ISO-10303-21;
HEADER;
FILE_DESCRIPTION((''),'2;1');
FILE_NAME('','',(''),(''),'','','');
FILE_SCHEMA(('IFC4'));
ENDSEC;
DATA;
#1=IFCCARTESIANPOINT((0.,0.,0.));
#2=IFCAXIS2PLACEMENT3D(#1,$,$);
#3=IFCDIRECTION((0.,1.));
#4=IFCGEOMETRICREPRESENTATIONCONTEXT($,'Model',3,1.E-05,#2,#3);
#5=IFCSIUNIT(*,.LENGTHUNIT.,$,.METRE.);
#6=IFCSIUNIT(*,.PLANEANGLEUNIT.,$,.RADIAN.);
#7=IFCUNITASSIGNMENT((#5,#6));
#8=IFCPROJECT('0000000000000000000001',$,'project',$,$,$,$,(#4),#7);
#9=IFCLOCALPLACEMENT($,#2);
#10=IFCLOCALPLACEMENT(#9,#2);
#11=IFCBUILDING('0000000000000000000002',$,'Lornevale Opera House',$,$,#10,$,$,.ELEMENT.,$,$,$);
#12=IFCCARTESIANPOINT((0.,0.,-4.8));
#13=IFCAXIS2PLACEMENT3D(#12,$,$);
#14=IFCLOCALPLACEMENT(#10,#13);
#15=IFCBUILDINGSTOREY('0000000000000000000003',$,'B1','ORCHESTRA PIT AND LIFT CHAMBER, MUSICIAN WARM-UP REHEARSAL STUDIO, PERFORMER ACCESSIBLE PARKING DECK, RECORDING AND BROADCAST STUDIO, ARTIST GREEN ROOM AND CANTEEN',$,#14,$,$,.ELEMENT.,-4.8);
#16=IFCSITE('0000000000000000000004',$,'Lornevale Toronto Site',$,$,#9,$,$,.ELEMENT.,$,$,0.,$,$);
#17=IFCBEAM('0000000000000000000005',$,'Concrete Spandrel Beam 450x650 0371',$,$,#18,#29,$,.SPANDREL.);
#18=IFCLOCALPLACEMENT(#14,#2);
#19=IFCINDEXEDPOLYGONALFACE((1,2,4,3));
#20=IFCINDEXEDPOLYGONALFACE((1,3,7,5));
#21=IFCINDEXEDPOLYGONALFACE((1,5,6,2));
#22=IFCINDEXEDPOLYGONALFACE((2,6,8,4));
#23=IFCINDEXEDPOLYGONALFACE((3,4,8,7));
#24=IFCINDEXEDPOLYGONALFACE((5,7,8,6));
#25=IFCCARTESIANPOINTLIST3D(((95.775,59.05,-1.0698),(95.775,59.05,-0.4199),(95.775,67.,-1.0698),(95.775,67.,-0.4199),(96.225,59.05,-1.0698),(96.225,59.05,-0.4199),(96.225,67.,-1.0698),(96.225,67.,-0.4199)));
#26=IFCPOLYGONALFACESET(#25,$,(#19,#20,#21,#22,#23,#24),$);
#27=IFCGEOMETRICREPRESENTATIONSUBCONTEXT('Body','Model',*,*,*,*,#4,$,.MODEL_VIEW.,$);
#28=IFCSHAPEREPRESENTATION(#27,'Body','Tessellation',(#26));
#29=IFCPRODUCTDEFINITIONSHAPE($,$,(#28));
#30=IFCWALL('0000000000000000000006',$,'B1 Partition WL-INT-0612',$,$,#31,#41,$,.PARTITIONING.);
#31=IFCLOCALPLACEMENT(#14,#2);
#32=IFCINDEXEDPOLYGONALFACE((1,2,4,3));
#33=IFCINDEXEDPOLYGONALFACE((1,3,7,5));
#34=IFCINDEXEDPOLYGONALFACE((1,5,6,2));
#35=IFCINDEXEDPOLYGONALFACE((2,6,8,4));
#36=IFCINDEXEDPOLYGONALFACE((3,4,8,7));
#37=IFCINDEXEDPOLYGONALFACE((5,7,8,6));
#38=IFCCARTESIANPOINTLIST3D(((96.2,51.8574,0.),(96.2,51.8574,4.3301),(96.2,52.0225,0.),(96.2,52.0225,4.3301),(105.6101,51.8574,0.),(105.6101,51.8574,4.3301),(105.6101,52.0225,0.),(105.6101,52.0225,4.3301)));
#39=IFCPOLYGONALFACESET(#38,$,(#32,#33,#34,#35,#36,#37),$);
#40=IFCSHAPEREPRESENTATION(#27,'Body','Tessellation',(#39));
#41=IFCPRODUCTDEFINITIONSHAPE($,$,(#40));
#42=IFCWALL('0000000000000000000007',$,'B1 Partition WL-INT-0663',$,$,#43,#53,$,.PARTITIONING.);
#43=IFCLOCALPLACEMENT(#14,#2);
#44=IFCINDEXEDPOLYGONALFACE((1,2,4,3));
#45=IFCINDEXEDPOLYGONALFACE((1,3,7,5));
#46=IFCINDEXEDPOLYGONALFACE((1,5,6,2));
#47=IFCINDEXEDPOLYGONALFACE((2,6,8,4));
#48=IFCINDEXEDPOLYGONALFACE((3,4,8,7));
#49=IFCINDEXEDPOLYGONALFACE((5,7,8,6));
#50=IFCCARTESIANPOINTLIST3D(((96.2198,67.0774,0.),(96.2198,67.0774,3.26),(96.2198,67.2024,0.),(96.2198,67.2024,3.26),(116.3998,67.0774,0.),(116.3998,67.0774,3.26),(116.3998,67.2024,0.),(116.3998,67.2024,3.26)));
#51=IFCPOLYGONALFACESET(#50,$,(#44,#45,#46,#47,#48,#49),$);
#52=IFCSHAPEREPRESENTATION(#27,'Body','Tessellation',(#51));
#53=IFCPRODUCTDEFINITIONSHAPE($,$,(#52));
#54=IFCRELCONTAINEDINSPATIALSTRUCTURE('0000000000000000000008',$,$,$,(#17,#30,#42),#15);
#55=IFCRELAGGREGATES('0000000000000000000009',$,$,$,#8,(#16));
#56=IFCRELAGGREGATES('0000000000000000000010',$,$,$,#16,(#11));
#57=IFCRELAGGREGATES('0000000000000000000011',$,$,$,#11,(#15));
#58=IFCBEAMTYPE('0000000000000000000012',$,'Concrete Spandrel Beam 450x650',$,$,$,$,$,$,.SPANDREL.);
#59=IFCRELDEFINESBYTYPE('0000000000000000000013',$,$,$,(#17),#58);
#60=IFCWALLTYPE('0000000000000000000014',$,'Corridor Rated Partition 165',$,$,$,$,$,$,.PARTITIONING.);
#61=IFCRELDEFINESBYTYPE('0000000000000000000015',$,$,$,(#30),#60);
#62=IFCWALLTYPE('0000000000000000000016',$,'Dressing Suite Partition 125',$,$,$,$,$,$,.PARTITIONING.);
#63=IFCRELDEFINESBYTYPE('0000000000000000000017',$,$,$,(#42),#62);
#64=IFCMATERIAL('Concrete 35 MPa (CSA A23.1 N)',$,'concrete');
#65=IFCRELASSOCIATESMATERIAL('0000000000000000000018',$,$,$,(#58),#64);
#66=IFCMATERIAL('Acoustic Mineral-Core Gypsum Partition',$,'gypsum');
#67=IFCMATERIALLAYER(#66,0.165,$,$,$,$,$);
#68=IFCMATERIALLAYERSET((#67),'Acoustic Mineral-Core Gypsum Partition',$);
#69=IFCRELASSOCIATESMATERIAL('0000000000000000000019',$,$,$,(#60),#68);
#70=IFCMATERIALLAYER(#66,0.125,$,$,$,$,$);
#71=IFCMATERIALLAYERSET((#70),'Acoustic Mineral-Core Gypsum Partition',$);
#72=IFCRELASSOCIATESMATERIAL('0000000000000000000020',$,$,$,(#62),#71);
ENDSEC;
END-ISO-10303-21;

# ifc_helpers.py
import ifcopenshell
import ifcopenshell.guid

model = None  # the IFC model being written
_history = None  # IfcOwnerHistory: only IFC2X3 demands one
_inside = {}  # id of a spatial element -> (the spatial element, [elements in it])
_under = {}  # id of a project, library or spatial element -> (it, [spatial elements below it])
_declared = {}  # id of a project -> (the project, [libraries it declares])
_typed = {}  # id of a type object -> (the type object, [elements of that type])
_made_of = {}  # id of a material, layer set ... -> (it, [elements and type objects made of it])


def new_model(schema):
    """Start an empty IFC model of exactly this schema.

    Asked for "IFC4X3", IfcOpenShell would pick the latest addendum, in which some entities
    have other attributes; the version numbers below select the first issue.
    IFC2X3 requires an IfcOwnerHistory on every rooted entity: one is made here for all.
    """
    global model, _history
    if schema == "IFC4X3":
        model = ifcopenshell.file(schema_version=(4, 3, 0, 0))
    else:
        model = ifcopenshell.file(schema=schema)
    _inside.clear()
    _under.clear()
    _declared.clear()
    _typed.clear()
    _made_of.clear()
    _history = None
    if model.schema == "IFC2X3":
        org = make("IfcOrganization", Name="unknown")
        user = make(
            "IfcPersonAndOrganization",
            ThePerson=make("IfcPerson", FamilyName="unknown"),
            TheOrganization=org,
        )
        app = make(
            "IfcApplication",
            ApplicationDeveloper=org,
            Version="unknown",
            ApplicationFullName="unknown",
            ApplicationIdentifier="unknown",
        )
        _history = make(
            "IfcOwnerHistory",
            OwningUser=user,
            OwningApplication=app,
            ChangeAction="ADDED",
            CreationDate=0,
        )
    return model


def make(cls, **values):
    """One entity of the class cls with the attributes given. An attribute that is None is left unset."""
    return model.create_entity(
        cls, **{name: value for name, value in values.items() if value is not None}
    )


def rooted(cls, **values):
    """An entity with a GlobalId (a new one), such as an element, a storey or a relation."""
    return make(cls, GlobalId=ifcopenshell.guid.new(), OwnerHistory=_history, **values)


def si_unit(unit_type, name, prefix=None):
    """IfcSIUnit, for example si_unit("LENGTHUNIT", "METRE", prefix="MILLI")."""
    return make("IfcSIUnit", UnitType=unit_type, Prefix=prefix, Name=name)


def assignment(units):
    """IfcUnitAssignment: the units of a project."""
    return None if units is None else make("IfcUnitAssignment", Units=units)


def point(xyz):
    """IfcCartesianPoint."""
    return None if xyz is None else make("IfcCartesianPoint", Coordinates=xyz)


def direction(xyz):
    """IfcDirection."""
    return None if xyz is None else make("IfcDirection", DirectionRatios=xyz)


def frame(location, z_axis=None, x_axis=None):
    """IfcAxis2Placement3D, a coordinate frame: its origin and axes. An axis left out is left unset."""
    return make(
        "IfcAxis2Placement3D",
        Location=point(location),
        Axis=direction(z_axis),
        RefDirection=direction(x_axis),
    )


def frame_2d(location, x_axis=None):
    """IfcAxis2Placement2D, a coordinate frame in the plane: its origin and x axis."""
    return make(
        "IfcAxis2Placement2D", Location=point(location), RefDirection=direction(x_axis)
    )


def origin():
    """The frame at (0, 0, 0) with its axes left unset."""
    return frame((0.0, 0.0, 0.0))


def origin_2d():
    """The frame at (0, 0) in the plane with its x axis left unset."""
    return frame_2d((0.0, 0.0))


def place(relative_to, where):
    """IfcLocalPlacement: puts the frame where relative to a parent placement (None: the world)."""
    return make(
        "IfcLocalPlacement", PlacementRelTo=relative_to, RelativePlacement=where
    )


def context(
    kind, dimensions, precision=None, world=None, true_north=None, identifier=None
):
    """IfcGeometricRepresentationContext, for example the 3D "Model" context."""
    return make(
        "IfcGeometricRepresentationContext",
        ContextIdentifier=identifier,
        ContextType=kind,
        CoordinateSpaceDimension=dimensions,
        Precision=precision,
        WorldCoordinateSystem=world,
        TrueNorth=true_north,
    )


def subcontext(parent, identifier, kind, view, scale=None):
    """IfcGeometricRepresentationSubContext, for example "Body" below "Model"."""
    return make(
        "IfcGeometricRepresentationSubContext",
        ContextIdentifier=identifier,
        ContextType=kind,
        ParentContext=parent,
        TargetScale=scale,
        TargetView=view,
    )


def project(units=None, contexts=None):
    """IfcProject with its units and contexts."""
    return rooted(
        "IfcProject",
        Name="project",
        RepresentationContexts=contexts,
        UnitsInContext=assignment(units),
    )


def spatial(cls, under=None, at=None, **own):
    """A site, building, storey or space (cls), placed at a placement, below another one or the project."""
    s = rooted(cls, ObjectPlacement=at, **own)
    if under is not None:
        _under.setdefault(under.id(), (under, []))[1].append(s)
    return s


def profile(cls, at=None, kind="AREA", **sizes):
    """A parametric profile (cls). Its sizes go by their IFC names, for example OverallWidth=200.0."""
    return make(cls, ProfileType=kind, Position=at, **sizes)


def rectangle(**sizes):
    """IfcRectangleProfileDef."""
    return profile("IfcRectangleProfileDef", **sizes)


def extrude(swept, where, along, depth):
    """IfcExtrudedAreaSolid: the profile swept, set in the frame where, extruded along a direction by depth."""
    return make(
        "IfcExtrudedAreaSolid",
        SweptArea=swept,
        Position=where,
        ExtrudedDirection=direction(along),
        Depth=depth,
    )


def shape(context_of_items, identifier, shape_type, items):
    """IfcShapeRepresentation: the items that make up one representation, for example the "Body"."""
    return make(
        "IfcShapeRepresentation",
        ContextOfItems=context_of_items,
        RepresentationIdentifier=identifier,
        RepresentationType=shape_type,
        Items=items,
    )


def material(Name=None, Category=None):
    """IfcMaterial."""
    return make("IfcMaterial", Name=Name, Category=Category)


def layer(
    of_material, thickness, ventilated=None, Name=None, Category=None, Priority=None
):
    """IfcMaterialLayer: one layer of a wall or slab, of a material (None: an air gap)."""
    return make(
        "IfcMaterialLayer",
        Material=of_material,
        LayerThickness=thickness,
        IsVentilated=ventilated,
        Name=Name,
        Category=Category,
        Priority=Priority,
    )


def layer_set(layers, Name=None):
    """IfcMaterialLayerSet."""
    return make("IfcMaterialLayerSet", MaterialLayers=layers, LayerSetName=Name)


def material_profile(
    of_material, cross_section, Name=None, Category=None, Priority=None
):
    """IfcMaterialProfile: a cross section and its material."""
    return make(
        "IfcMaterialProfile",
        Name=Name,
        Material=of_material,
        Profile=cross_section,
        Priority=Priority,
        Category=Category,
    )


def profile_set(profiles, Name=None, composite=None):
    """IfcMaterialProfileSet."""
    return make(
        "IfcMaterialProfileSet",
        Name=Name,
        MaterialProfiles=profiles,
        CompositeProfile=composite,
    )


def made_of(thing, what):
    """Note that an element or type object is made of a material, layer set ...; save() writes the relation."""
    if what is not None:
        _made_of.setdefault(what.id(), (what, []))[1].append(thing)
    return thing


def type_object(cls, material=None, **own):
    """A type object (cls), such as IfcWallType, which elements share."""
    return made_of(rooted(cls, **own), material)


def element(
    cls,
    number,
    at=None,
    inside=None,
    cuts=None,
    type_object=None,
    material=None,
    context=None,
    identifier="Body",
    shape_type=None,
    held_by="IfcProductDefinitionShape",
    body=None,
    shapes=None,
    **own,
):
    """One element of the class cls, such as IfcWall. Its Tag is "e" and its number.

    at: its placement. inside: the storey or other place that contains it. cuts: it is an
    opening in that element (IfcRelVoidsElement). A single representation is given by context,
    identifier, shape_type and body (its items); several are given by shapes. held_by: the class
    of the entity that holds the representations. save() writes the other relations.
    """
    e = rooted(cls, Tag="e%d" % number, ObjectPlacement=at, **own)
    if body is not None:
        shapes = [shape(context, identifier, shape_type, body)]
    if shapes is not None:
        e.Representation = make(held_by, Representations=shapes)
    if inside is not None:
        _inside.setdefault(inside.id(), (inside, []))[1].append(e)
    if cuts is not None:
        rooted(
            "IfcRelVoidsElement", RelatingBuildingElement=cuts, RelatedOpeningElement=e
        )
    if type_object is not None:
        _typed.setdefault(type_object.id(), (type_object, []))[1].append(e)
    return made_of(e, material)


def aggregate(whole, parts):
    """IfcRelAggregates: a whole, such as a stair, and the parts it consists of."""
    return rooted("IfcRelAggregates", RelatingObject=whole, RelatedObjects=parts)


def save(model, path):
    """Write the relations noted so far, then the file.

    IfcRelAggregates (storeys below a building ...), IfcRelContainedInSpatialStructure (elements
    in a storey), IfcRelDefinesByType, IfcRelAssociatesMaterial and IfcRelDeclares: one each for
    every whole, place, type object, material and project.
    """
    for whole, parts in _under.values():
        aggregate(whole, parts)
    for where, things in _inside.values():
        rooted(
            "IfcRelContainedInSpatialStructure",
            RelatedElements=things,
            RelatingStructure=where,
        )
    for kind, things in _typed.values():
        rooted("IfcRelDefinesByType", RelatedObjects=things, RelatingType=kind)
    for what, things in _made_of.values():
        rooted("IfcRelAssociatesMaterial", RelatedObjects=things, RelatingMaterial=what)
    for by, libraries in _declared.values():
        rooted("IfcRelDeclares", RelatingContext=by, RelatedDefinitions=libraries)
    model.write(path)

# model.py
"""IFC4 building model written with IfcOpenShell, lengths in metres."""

from ifc_helpers import new_model, si_unit, direction, frame, frame_2d, origin, origin_2d, place, context, subcontext, project, spatial, rectangle, extrude, material, layer, layer_set, material_profile, profile_set, type_object, element, save


model = new_model("IFC4")

# Units and contexts
model_context = context("Model", 3, precision=1e-05, world=origin(), true_north=direction((0.0, 1.0)))
body_context = subcontext(model_context, "Body", "Model", "MODEL_VIEW")
ifc_project = project(units=[si_unit("LENGTHUNIT", "METRE"), si_unit("PLANEANGLEUNIT", "RADIAN")], contexts=[model_context])

# Site, building, storey
site_placement = place(None, origin())
site = spatial("IfcSite", under=ifc_project, at=site_placement, Name="Lornevale Toronto Site", CompositionType="ELEMENT", RefElevation=0.0)
building_placement = place(site_placement, origin())
building = spatial("IfcBuilding", under=site, at=building_placement, Name="Lornevale Opera House", CompositionType="ELEMENT")
storey_placement = place(building_placement, frame((0.0, 0.0, -4.8)))
storey = spatial("IfcBuildingStorey", under=building, at=storey_placement, Name="B1", Description="ORCHESTRA PIT AND LIFT CHAMBER, MUSICIAN WARM-UP REHEARSAL STUDIO, PERFORMER ACCESSIBLE PARKING DECK, RECORDING AND BROADCAST STUDIO, ARTIST GREEN ROOM AND CANTEEN", CompositionType="ELEMENT", Elevation=-4.8)

# Beam
ifc_material_1 = material(Name="Concrete 35 MPa (CSA A23.1 N)", Category="concrete")
ifc_material_profile_1 = material_profile(ifc_material_1, rectangle(XDim=0.45, YDim=0.6499, at=origin_2d()), Name="RC450x650")
ifc_profile_set_1 = profile_set([ifc_material_profile_1], Name="Concrete 35 MPa (CSA A23.1 N)")
beam_type_1 = type_object("IfcBeamType", Name="Concrete Spandrel Beam 450x650", PredefinedType="SPANDREL", material=ifc_profile_set_1)
beam_1_placement = place(storey_placement, frame((96.0, 59.05, -0.7449), z_axis=(0.0, 1.0, 0.0), x_axis=(-1.0, 0.0, 0.0)))
element("IfcBeam", 1, at=beam_1_placement, inside=storey, type_object=beam_type_1, Name="Concrete Spandrel Beam 450x650 0371", PredefinedType="SPANDREL", context=body_context, shape_type="SweptSolid", body=[
    extrude(rectangle(XDim=0.45, YDim=0.6499, at=origin_2d()), origin(), (0.0, 0.0, 1.0), 7.95),
])

# Walls
ifc_material_2 = material(Name="Acoustic Mineral-Core Gypsum Partition", Category="gypsum")
ifc_layer_1 = layer(ifc_material_2, 0.165)
ifc_layer_set_1 = layer_set([ifc_layer_1], Name="Acoustic Mineral-Core Gypsum Partition")
wall_type_1 = type_object("IfcWallType", Name="Corridor Rated Partition 165", PredefinedType="PARTITIONING", material=ifc_layer_set_1)
wall_1_placement = place(storey_placement, frame((96.2, 51.9399, 0.0), z_axis=(0.0, 0.0, 1.0), x_axis=(1.0, 0.0, 0.0)))
element("IfcWall", 2, at=wall_1_placement, inside=storey, type_object=wall_type_1, Name="B1 Partition WL-INT-0612", PredefinedType="PARTITIONING", context=body_context, shape_type="SweptSolid", body=[
    extrude(rectangle(XDim=9.4102, YDim=0.165, at=frame_2d((4.7051, 0.0))), origin(), (0.0, 0.0, 1.0), 4.3301),
])
ifc_layer_2 = layer(ifc_material_2, 0.125)
ifc_layer_set_2 = layer_set([ifc_layer_2], Name="Acoustic Mineral-Core Gypsum Partition")
wall_type_2 = type_object("IfcWallType", Name="Dressing Suite Partition 125", PredefinedType="PARTITIONING", material=ifc_layer_set_2)
wall_2_placement = place(storey_placement, frame((96.22, 67.1399, 0.0), z_axis=(0.0, 0.0, 1.0), x_axis=(1.0, 0.0, 0.0)))
element("IfcWall", 3, at=wall_2_placement, inside=storey, type_object=wall_type_2, Name="B1 Partition WL-INT-0663", PredefinedType="PARTITIONING", context=body_context, shape_type="SweptSolid", body=[
    extrude(rectangle(XDim=20.1799, YDim=0.125, at=frame_2d((10.0898, 0.0))), origin(), (0.0, 0.0, 1.0), 3.26),
])

save(model, "model.ifc")
